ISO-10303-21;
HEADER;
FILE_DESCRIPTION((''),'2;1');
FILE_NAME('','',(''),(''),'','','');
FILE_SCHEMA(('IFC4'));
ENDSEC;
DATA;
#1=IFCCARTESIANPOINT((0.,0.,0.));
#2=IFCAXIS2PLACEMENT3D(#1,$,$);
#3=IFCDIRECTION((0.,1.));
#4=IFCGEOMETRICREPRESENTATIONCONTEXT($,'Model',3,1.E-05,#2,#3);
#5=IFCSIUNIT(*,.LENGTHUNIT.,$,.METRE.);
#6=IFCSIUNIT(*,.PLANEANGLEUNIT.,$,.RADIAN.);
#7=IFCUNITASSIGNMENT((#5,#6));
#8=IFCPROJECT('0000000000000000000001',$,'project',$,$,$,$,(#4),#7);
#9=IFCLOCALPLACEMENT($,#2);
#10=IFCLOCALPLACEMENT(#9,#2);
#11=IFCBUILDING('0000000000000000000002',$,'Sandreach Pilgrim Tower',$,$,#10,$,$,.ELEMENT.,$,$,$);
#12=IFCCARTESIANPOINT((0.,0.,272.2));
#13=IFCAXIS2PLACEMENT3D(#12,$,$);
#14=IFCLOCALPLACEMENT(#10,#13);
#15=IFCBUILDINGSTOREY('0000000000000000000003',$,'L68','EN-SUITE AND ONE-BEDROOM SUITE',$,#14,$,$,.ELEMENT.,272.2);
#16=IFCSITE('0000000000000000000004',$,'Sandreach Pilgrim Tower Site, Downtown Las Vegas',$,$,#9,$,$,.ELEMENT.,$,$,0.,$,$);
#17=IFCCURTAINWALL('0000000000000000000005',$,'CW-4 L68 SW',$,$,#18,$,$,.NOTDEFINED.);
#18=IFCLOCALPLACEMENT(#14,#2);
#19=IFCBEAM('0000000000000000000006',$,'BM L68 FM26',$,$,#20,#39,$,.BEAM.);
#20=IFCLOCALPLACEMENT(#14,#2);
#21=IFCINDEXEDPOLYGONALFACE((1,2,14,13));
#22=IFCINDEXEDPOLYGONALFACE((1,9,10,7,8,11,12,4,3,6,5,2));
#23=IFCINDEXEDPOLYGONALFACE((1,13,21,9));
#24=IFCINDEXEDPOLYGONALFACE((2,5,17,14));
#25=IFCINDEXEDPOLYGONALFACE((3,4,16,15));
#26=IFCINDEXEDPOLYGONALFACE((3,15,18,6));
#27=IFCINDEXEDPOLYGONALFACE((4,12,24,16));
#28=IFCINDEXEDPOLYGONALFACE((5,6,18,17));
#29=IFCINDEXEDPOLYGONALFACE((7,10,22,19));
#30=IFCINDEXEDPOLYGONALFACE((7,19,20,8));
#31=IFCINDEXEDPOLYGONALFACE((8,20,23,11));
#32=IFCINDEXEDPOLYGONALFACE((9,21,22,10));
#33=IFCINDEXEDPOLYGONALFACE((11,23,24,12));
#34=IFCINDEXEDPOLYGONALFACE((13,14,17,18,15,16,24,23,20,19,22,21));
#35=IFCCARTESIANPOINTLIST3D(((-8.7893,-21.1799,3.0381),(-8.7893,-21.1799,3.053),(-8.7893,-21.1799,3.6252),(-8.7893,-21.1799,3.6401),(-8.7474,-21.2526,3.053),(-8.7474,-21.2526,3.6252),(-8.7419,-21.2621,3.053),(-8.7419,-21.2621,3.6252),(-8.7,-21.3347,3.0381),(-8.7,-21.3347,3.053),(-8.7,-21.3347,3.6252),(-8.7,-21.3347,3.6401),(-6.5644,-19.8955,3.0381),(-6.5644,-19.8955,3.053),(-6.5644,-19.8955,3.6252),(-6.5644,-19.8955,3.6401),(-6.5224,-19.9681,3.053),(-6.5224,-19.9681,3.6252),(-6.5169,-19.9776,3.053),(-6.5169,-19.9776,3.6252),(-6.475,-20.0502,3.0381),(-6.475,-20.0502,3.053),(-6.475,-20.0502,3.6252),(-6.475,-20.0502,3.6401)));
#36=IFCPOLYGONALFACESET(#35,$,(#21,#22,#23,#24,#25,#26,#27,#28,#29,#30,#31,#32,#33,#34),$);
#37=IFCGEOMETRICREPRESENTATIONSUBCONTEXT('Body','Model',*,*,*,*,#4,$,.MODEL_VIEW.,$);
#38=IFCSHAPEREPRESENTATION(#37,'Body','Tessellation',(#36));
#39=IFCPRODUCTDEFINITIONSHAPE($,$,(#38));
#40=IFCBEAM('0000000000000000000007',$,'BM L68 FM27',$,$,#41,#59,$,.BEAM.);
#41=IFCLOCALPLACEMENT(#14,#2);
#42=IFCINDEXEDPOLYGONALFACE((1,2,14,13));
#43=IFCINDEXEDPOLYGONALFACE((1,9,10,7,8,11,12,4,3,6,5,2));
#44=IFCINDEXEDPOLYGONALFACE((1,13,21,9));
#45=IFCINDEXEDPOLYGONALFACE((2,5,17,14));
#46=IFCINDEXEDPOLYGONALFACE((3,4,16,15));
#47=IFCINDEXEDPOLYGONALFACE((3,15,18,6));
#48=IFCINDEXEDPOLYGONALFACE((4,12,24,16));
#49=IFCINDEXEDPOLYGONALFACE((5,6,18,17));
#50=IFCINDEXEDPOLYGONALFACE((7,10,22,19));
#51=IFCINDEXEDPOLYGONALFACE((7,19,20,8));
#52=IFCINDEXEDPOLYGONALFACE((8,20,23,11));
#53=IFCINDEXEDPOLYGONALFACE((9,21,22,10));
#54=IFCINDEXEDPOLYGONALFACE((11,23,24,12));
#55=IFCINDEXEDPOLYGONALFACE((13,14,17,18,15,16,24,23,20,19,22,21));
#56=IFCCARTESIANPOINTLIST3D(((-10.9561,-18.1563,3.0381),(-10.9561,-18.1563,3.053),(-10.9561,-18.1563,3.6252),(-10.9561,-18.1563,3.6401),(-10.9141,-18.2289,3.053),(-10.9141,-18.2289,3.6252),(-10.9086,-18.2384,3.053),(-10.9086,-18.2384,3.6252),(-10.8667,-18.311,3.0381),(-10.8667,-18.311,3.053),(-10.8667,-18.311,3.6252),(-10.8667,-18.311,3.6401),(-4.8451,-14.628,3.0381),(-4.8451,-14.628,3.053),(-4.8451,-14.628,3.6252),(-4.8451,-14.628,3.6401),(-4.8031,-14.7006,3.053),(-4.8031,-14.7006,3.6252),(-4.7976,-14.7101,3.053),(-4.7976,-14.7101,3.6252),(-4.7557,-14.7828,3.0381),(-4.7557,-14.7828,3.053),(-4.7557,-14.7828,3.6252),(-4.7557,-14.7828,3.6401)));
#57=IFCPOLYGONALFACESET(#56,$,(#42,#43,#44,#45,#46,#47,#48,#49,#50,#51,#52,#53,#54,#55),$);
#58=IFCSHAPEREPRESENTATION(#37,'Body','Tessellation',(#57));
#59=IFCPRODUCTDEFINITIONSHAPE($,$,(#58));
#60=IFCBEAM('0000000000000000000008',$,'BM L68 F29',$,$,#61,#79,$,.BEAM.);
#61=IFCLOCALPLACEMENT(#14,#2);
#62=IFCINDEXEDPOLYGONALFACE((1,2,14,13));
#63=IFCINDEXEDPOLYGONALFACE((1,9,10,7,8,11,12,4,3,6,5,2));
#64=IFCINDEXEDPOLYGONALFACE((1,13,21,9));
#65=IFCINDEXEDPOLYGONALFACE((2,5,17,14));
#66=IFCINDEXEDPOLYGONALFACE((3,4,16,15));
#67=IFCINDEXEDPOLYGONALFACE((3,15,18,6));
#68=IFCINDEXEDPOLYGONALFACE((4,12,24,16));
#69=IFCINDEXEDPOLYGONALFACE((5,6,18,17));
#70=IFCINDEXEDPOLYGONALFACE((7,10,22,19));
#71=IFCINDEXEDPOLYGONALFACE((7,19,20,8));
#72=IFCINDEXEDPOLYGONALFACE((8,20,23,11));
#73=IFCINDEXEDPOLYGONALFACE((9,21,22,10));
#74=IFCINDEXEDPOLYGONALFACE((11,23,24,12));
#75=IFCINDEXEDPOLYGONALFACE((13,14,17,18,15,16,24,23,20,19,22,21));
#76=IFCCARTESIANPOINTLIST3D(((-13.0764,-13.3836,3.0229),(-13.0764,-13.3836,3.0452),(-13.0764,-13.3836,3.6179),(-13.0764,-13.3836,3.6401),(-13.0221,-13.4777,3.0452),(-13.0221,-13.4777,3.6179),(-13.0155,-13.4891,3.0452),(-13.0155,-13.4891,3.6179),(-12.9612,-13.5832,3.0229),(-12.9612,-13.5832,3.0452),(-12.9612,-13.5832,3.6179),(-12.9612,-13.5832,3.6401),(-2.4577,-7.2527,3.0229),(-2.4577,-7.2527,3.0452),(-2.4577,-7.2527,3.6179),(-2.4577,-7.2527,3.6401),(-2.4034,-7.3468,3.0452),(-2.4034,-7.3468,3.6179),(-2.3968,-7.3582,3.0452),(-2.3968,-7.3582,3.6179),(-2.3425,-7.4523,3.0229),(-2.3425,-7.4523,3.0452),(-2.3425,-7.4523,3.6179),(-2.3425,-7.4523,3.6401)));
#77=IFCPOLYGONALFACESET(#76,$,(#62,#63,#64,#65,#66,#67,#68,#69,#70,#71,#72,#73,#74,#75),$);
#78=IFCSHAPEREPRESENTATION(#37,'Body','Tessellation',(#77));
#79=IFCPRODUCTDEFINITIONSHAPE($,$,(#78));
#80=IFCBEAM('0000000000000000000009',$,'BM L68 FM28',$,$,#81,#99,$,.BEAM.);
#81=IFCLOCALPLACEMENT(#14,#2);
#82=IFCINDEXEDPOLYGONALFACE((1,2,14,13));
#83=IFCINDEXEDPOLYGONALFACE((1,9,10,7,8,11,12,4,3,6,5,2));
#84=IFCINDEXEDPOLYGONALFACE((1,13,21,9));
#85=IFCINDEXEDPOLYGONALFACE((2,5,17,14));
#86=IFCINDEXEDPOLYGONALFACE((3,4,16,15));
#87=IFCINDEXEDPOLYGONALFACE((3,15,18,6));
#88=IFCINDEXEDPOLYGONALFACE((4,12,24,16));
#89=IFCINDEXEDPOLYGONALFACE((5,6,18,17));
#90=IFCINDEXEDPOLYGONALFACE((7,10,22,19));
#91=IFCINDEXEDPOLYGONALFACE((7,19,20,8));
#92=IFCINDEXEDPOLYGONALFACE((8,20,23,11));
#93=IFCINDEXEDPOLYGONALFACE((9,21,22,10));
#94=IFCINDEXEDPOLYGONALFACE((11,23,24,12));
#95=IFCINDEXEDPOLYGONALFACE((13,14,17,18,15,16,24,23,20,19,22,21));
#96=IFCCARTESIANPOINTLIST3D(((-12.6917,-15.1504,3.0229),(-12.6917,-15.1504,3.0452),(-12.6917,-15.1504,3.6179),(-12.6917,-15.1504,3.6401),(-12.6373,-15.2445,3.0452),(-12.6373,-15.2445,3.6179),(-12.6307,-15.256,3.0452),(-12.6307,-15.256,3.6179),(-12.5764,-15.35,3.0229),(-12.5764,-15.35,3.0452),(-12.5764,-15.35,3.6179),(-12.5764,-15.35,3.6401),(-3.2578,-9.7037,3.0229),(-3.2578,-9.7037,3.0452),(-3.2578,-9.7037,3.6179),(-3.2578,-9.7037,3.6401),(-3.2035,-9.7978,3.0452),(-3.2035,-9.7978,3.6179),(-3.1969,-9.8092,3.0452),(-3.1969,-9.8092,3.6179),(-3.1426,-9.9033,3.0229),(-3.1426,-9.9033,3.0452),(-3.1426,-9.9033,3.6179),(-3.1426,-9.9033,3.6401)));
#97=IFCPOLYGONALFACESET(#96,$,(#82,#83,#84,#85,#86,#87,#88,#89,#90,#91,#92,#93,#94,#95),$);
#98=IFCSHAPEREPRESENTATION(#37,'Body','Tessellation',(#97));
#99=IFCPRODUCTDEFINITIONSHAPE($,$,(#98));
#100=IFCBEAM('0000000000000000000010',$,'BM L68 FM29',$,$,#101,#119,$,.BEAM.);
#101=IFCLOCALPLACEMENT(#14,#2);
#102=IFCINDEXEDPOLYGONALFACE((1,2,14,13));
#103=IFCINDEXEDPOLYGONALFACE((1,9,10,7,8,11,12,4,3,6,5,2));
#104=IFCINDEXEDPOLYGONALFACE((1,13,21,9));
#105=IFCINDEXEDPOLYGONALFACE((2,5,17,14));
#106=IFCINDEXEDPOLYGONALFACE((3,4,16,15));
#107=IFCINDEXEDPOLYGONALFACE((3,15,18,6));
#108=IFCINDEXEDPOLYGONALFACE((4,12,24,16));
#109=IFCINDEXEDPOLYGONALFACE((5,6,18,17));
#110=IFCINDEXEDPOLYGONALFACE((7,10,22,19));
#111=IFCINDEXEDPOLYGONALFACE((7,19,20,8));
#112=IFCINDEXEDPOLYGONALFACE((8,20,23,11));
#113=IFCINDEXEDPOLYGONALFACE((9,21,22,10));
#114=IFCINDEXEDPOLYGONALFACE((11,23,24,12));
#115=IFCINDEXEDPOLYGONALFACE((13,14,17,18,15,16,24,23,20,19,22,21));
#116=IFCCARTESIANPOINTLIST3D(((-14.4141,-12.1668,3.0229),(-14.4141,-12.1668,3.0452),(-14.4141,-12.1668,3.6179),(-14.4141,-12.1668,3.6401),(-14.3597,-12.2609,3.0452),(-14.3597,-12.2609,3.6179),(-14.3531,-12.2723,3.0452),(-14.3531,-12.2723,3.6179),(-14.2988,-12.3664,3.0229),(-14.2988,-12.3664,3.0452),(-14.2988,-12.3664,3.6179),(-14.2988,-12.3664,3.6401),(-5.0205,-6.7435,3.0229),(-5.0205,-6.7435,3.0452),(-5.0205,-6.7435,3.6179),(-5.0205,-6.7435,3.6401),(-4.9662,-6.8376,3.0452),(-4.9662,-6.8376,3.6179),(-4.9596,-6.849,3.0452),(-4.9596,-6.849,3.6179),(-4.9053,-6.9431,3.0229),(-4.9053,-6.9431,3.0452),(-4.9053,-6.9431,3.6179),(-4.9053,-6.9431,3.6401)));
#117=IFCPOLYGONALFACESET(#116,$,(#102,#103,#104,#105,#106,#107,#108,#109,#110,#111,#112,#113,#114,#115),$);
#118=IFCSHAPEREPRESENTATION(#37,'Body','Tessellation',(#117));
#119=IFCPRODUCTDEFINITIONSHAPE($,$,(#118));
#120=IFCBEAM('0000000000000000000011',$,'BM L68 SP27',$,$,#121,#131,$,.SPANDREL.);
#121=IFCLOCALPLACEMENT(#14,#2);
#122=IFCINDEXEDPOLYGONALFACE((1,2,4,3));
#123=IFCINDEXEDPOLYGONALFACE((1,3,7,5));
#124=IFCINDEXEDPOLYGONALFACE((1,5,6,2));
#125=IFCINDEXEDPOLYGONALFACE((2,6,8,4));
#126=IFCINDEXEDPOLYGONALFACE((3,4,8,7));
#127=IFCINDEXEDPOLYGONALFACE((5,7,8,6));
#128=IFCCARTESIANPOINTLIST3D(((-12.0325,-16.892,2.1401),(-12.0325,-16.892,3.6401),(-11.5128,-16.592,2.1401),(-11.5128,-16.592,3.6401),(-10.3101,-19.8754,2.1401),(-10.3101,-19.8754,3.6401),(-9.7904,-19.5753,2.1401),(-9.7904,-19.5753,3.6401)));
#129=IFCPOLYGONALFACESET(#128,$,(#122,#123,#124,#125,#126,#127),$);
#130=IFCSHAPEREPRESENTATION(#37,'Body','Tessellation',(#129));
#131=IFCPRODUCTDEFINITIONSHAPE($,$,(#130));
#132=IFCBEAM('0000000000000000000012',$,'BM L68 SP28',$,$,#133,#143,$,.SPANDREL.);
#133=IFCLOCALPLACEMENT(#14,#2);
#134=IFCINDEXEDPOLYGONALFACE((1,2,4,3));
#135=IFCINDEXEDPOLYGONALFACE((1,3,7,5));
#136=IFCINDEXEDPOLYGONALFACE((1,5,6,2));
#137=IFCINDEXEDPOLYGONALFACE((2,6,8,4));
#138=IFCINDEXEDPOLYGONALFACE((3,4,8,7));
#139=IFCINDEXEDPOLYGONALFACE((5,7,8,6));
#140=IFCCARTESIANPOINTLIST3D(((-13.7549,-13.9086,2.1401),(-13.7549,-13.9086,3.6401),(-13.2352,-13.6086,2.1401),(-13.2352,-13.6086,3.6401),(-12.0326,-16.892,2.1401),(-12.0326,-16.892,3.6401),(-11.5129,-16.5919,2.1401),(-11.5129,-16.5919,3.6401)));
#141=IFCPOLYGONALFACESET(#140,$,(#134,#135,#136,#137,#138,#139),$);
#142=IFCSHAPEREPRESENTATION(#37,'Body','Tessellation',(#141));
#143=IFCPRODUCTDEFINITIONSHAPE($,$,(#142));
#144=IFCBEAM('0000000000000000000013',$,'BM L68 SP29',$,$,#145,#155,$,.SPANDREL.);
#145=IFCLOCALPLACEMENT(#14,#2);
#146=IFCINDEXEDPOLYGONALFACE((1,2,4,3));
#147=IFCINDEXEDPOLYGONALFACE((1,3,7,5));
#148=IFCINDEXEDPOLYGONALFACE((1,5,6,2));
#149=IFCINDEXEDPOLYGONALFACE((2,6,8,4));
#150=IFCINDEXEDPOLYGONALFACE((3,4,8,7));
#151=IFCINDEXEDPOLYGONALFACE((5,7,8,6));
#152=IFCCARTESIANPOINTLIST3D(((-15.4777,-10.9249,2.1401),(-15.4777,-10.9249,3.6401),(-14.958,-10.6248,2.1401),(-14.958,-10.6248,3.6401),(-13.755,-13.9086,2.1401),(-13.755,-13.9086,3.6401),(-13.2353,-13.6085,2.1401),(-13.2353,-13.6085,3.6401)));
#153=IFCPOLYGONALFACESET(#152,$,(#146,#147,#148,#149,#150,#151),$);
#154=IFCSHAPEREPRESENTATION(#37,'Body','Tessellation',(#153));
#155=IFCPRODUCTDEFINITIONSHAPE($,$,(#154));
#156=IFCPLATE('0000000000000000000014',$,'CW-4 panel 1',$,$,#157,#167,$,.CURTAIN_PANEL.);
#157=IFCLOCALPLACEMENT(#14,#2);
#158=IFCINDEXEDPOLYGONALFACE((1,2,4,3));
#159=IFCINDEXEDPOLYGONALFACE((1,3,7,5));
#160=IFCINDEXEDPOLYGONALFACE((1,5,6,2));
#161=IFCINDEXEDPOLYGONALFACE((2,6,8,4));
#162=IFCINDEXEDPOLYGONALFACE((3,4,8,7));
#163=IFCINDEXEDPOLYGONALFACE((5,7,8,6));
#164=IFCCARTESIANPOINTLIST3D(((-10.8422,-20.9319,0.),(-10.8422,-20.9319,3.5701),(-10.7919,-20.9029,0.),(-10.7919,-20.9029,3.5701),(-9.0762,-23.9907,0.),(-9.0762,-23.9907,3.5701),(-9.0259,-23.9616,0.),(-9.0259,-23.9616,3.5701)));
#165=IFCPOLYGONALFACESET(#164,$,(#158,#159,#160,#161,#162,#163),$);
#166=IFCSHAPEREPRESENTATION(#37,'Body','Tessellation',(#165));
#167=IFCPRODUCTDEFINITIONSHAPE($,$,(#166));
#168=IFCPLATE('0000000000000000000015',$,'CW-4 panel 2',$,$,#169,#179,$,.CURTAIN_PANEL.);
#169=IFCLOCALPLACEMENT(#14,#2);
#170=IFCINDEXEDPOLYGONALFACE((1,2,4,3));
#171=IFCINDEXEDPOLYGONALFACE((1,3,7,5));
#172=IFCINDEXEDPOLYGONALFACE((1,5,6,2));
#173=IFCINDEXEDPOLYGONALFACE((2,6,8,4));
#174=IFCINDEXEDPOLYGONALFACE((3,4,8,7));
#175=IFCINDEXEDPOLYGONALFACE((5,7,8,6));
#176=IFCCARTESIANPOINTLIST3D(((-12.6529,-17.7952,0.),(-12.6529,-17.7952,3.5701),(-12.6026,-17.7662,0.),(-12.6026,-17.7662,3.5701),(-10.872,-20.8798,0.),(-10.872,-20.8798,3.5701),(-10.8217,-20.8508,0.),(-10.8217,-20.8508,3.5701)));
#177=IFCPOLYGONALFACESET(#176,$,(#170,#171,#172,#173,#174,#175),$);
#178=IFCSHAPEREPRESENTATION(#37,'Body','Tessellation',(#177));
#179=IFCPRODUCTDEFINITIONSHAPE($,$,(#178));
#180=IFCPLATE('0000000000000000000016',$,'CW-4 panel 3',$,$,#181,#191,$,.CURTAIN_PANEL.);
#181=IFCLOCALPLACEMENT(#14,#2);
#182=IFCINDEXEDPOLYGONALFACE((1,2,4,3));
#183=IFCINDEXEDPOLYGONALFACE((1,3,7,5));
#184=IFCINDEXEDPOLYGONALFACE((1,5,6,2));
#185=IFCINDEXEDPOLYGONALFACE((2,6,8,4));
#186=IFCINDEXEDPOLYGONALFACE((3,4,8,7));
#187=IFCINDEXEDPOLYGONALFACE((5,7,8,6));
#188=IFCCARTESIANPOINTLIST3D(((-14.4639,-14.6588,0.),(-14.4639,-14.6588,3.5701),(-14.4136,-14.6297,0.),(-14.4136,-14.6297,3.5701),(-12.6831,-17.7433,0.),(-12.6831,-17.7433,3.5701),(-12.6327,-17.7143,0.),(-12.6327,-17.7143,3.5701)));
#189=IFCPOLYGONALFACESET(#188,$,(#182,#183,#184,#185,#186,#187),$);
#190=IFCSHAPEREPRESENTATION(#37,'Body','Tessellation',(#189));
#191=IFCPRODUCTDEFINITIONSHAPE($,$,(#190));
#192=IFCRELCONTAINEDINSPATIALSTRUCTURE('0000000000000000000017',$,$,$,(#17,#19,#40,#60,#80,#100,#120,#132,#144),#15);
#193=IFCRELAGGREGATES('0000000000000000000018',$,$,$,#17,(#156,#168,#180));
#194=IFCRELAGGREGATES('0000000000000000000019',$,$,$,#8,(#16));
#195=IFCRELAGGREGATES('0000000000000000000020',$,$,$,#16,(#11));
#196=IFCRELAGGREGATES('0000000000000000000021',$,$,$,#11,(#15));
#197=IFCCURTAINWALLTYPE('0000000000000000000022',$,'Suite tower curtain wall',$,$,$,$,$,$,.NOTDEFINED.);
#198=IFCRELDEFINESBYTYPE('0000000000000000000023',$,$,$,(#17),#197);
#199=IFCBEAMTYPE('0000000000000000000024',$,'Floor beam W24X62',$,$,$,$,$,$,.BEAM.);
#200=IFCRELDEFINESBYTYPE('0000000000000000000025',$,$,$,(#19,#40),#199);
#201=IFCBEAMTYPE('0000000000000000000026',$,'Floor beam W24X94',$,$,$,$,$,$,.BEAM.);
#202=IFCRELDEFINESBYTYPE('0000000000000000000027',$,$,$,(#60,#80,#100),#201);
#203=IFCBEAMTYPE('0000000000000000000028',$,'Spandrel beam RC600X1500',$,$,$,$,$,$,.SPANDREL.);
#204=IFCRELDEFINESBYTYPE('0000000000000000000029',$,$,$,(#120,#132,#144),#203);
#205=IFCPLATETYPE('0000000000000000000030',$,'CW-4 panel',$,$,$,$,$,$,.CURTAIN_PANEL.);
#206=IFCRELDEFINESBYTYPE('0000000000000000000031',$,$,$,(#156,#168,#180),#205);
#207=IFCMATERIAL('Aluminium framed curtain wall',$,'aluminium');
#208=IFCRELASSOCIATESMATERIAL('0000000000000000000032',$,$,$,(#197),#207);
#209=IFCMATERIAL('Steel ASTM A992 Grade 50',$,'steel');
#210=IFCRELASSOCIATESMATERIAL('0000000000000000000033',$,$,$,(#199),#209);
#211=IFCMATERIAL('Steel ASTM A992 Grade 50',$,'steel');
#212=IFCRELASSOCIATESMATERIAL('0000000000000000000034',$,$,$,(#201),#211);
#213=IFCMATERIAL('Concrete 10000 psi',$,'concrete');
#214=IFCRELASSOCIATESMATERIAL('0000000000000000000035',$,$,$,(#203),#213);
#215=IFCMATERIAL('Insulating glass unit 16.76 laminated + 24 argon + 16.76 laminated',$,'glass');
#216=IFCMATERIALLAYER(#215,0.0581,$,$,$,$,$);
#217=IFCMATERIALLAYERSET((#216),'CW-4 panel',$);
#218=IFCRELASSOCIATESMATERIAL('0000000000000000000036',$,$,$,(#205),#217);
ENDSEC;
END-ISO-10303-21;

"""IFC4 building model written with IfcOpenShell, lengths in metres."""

from ifc_helpers import new_model, si_unit, direction, frame, origin, origin_2d, place, context, subcontext, project, spatial, rectangle, i_section, extrude, material, layer, layer_set, material_profile, profile_set, type_object, element, aggregate, save


model = new_model("IFC4")

# Units and contexts
model_context = context("Model", 3, precision=1e-05, world=origin(), true_north=direction((0.0, 1.0)))
body_context = subcontext(model_context, "Body", "Model", "MODEL_VIEW")
ifc_project = project(units=[si_unit("LENGTHUNIT", "METRE"), si_unit("PLANEANGLEUNIT", "RADIAN")], contexts=[model_context])

# Site, building, storey
site_placement = place(None, origin())
site = spatial("IfcSite", under=ifc_project, at=site_placement, Name="Sandreach Pilgrim Tower Site, Downtown Las Vegas", CompositionType="ELEMENT", RefElevation=0.0)
building_placement = place(site_placement, origin())
building = spatial("IfcBuilding", under=site, at=building_placement, Name="Sandreach Pilgrim Tower", CompositionType="ELEMENT")
storey_placement = place(building_placement, frame((0.0, 0.0, 272.2)))
storey = spatial("IfcBuildingStorey", under=building, at=storey_placement, Name="L68", Description="EN-SUITE AND ONE-BEDROOM SUITE", CompositionType="ELEMENT", Elevation=272.2)

# Curtain wall
ifc_material_1 = material(Name="Aluminium framed curtain wall", Category="aluminium")
curtain_wall_type = type_object("IfcCurtainWallType", Name="Suite tower curtain wall", PredefinedType="NOTDEFINED", material=ifc_material_1)
curtain_wall_placement = place(storey_placement, origin())
curtain_wall = element("IfcCurtainWall", 1, at=curtain_wall_placement, inside=storey, type_object=curtain_wall_type, Name="CW-4 L68 SW", PredefinedType="NOTDEFINED")

# Beams
ifc_material_2 = material(Name="Steel ASTM A992 Grade 50", Category="steel")
ifc_material_profile_1 = material_profile(ifc_material_2, i_section(OverallWidth=0.1787, OverallDepth=0.6021, WebThickness=0.011, FlangeThickness=0.0149, at=origin_2d()), Name="W24X62")
ifc_profile_set_1 = profile_set([ifc_material_profile_1], Name="Steel ASTM A992 Grade 50")
beam_type_1 = type_object("IfcBeamType", Name="Floor beam W24X62", PredefinedType="BEAM", material=ifc_profile_set_1)
beam_1_placement = place(storey_placement, frame((-8.7446, -21.2573, 3.3391), z_axis=(0.866042, 0.499972, 0.0), x_axis=(-0.499972, 0.866042, 0.0)))
element("IfcBeam", 2, at=beam_1_placement, inside=storey, type_object=beam_type_1, Name="BM L68 FM26", PredefinedType="BEAM", context=body_context, shape_type="SweptSolid", body=[
    extrude(i_section(OverallWidth=0.1787, OverallDepth=0.6021, WebThickness=0.011, FlangeThickness=0.0149, at=origin_2d()), origin(), (0.0, 0.0, 1.0), 2.5691),
])
beam_2_placement = place(storey_placement, frame((-10.9114, -18.2336, 3.3391), z_axis=(0.86602, 0.500009, 0.0), x_axis=(-0.500009, 0.86602, 0.0)))
element("IfcBeam", 3, at=beam_2_placement, inside=storey, type_object=beam_type_1, Name="BM L68 FM27", PredefinedType="BEAM", context=body_context, shape_type="SweptSolid", body=[
    extrude(i_section(OverallWidth=0.1787, OverallDepth=0.6021, WebThickness=0.011, FlangeThickness=0.0149, at=origin_2d()), origin(), (0.0, 0.0, 1.0), 7.0564),
])
ifc_material_3 = material(Name="Steel ASTM A992 Grade 50", Category="steel")
ifc_material_profile_2 = material_profile(ifc_material_3, i_section(OverallWidth=0.2305, OverallDepth=0.6172, WebThickness=0.0132, FlangeThickness=0.0222, at=origin_2d()), Name="W24X94")
ifc_profile_set_2 = profile_set([ifc_material_profile_2], Name="Steel ASTM A992 Grade 50")
beam_type_2 = type_object("IfcBeamType", Name="Floor beam W24X94", PredefinedType="BEAM", material=ifc_profile_set_2)
beam_3_placement = place(storey_placement, frame((-13.0188, -13.4834, 3.3315), z_axis=(0.866019, 0.500011, 0.0), x_axis=(-0.500011, 0.866019, 0.0)))
element("IfcBeam", 4, at=beam_3_placement, inside=storey, type_object=beam_type_2, Name="BM L68 F29", PredefinedType="BEAM", context=body_context, shape_type="SweptSolid", body=[
    extrude(i_section(OverallWidth=0.2305, OverallDepth=0.6172, WebThickness=0.0132, FlangeThickness=0.0222, at=origin_2d()), origin(), (0.0, 0.0, 1.0), 12.2615),
])
beam_4_placement = place(storey_placement, frame((-12.634, -15.2502, 3.3315), z_axis=(0.86602, 0.50001, 0.0), x_axis=(-0.50001, 0.86602, 0.0)))
element("IfcBeam", 5, at=beam_4_placement, inside=storey, type_object=beam_type_2, Name="BM L68 FM28", PredefinedType="BEAM", context=body_context, shape_type="SweptSolid", body=[
    extrude(i_section(OverallWidth=0.2305, OverallDepth=0.6172, WebThickness=0.0132, FlangeThickness=0.0222, at=origin_2d()), origin(), (0.0, 0.0, 1.0), 10.8933),
])
beam_5_placement = place(storey_placement, frame((-14.3564, -12.2666, 3.3315), z_axis=(0.866027, 0.499998, 0.0), x_axis=(-0.499998, 0.866027, 0.0)))
element("IfcBeam", 6, at=beam_5_placement, inside=storey, type_object=beam_type_2, Name="BM L68 FM29", PredefinedType="BEAM", context=body_context, shape_type="SweptSolid", body=[
    extrude(i_section(OverallWidth=0.2305, OverallDepth=0.6172, WebThickness=0.0132, FlangeThickness=0.0222, at=origin_2d()), origin(), (0.0, 0.0, 1.0), 10.8467),
])
ifc_material_4 = material(Name="Concrete 10000 psi", Category="concrete")
ifc_material_profile_3 = material_profile(ifc_material_4, rectangle(XDim=0.6001, YDim=1.5, at=origin_2d()), Name="RC600X1500")
ifc_profile_set_3 = profile_set([ifc_material_profile_3], Name="Concrete 10000 psi")
beam_type_3 = type_object("IfcBeamType", Name="Spandrel beam RC600X1500", PredefinedType="SPANDREL", material=ifc_profile_set_3)
for number, where, z_axis, x_axis, name in (
    (7, (-10.0503, -19.7253, 2.8901), (-0.499988, 0.866032, 0.0), (-0.866032, -0.499988, 0.0), "BM L68 SP27"),
    (8, (-11.7727, -16.7419, 2.8901), (-0.499988, 0.866032, 0.0), (-0.866032, -0.499988, 0.0), "BM L68 SP28"),
):
    element("IfcBeam", number, at=place(storey_placement, frame(where, z_axis=z_axis, x_axis=x_axis)), inside=storey, type_object=beam_type_3, Name=name, PredefinedType="SPANDREL", context=body_context, shape_type="SweptSolid", body=[
        extrude(rectangle(XDim=0.6001, YDim=1.5, at=origin_2d()), origin(), (0.0, 0.0, 1.0), 3.4448),
    ])
beam_6_placement = place(storey_placement, frame((-13.4951, -13.7585, 2.8901), z_axis=(-0.500011, 0.866019, 0.0), x_axis=(-0.866019, -0.500011, 0.0)))
element("IfcBeam", 9, at=beam_6_placement, inside=storey, type_object=beam_type_3, Name="BM L68 SP29", PredefinedType="SPANDREL", context=body_context, shape_type="SweptSolid", body=[
    extrude(rectangle(XDim=0.6001, YDim=1.5, at=origin_2d()), origin(), (0.0, 0.0, 1.0), 3.4453),
])

# Plates
ifc_material_5 = material(Name="Insulating glass unit 16.76 laminated + 24 argon + 16.76 laminated", Category="glass")
ifc_layer_1 = layer(ifc_material_5, 0.0581)
ifc_layer_set_1 = layer_set([ifc_layer_1], Name="CW-4 panel")
plate_type = type_object("IfcPlateType", Name="CW-4 panel", PredefinedType="CURTAIN_PANEL", material=ifc_layer_set_1)
plate_1_placement = place(storey_placement, frame((-9.9341, -22.4468, 0.0), z_axis=(0.0, 0.0, 1.0), x_axis=(-0.5, 0.866025, 0.0)))
plate_1 = element("IfcPlate", 10, at=plate_1_placement, type_object=plate_type, Name="CW-4 panel 1", PredefinedType="CURTAIN_PANEL", context=body_context, shape_type="SweptSolid", body=[
    extrude(rectangle(XDim=3.532, YDim=0.0581, at=origin_2d()), origin(), (0.0, 0.0, 1.0), 3.5701),
])
plate_2_placement = place(storey_placement, frame((-11.7373, -19.323, 0.0), z_axis=(0.0, 0.0, 1.0), x_axis=(-0.5, 0.866025, 0.0)))
plate_2 = element("IfcPlate", 11, at=plate_2_placement, type_object=plate_type, Name="CW-4 panel 2", PredefinedType="CURTAIN_PANEL", context=body_context, shape_type="SweptSolid", body=[
    extrude(rectangle(XDim=3.5618, YDim=0.0581, at=origin_2d()), origin(), (0.0, 0.0, 1.0), 3.5701),
])
plate_3_placement = place(storey_placement, frame((-13.5483, -16.1865, 0.0), z_axis=(0.0, 0.0, 1.0), x_axis=(-0.5, 0.866025, 0.0)))
plate_3 = element("IfcPlate", 12, at=plate_3_placement, type_object=plate_type, Name="CW-4 panel 3", PredefinedType="CURTAIN_PANEL", context=body_context, shape_type="SweptSolid", body=[
    extrude(rectangle(XDim=3.5618, YDim=0.0581, at=origin_2d()), origin(), (0.0, 0.0, 1.0), 3.5701),
])
aggregate(curtain_wall, [plate_1, plate_2, plate_3])

save(model, "model.ifc")
